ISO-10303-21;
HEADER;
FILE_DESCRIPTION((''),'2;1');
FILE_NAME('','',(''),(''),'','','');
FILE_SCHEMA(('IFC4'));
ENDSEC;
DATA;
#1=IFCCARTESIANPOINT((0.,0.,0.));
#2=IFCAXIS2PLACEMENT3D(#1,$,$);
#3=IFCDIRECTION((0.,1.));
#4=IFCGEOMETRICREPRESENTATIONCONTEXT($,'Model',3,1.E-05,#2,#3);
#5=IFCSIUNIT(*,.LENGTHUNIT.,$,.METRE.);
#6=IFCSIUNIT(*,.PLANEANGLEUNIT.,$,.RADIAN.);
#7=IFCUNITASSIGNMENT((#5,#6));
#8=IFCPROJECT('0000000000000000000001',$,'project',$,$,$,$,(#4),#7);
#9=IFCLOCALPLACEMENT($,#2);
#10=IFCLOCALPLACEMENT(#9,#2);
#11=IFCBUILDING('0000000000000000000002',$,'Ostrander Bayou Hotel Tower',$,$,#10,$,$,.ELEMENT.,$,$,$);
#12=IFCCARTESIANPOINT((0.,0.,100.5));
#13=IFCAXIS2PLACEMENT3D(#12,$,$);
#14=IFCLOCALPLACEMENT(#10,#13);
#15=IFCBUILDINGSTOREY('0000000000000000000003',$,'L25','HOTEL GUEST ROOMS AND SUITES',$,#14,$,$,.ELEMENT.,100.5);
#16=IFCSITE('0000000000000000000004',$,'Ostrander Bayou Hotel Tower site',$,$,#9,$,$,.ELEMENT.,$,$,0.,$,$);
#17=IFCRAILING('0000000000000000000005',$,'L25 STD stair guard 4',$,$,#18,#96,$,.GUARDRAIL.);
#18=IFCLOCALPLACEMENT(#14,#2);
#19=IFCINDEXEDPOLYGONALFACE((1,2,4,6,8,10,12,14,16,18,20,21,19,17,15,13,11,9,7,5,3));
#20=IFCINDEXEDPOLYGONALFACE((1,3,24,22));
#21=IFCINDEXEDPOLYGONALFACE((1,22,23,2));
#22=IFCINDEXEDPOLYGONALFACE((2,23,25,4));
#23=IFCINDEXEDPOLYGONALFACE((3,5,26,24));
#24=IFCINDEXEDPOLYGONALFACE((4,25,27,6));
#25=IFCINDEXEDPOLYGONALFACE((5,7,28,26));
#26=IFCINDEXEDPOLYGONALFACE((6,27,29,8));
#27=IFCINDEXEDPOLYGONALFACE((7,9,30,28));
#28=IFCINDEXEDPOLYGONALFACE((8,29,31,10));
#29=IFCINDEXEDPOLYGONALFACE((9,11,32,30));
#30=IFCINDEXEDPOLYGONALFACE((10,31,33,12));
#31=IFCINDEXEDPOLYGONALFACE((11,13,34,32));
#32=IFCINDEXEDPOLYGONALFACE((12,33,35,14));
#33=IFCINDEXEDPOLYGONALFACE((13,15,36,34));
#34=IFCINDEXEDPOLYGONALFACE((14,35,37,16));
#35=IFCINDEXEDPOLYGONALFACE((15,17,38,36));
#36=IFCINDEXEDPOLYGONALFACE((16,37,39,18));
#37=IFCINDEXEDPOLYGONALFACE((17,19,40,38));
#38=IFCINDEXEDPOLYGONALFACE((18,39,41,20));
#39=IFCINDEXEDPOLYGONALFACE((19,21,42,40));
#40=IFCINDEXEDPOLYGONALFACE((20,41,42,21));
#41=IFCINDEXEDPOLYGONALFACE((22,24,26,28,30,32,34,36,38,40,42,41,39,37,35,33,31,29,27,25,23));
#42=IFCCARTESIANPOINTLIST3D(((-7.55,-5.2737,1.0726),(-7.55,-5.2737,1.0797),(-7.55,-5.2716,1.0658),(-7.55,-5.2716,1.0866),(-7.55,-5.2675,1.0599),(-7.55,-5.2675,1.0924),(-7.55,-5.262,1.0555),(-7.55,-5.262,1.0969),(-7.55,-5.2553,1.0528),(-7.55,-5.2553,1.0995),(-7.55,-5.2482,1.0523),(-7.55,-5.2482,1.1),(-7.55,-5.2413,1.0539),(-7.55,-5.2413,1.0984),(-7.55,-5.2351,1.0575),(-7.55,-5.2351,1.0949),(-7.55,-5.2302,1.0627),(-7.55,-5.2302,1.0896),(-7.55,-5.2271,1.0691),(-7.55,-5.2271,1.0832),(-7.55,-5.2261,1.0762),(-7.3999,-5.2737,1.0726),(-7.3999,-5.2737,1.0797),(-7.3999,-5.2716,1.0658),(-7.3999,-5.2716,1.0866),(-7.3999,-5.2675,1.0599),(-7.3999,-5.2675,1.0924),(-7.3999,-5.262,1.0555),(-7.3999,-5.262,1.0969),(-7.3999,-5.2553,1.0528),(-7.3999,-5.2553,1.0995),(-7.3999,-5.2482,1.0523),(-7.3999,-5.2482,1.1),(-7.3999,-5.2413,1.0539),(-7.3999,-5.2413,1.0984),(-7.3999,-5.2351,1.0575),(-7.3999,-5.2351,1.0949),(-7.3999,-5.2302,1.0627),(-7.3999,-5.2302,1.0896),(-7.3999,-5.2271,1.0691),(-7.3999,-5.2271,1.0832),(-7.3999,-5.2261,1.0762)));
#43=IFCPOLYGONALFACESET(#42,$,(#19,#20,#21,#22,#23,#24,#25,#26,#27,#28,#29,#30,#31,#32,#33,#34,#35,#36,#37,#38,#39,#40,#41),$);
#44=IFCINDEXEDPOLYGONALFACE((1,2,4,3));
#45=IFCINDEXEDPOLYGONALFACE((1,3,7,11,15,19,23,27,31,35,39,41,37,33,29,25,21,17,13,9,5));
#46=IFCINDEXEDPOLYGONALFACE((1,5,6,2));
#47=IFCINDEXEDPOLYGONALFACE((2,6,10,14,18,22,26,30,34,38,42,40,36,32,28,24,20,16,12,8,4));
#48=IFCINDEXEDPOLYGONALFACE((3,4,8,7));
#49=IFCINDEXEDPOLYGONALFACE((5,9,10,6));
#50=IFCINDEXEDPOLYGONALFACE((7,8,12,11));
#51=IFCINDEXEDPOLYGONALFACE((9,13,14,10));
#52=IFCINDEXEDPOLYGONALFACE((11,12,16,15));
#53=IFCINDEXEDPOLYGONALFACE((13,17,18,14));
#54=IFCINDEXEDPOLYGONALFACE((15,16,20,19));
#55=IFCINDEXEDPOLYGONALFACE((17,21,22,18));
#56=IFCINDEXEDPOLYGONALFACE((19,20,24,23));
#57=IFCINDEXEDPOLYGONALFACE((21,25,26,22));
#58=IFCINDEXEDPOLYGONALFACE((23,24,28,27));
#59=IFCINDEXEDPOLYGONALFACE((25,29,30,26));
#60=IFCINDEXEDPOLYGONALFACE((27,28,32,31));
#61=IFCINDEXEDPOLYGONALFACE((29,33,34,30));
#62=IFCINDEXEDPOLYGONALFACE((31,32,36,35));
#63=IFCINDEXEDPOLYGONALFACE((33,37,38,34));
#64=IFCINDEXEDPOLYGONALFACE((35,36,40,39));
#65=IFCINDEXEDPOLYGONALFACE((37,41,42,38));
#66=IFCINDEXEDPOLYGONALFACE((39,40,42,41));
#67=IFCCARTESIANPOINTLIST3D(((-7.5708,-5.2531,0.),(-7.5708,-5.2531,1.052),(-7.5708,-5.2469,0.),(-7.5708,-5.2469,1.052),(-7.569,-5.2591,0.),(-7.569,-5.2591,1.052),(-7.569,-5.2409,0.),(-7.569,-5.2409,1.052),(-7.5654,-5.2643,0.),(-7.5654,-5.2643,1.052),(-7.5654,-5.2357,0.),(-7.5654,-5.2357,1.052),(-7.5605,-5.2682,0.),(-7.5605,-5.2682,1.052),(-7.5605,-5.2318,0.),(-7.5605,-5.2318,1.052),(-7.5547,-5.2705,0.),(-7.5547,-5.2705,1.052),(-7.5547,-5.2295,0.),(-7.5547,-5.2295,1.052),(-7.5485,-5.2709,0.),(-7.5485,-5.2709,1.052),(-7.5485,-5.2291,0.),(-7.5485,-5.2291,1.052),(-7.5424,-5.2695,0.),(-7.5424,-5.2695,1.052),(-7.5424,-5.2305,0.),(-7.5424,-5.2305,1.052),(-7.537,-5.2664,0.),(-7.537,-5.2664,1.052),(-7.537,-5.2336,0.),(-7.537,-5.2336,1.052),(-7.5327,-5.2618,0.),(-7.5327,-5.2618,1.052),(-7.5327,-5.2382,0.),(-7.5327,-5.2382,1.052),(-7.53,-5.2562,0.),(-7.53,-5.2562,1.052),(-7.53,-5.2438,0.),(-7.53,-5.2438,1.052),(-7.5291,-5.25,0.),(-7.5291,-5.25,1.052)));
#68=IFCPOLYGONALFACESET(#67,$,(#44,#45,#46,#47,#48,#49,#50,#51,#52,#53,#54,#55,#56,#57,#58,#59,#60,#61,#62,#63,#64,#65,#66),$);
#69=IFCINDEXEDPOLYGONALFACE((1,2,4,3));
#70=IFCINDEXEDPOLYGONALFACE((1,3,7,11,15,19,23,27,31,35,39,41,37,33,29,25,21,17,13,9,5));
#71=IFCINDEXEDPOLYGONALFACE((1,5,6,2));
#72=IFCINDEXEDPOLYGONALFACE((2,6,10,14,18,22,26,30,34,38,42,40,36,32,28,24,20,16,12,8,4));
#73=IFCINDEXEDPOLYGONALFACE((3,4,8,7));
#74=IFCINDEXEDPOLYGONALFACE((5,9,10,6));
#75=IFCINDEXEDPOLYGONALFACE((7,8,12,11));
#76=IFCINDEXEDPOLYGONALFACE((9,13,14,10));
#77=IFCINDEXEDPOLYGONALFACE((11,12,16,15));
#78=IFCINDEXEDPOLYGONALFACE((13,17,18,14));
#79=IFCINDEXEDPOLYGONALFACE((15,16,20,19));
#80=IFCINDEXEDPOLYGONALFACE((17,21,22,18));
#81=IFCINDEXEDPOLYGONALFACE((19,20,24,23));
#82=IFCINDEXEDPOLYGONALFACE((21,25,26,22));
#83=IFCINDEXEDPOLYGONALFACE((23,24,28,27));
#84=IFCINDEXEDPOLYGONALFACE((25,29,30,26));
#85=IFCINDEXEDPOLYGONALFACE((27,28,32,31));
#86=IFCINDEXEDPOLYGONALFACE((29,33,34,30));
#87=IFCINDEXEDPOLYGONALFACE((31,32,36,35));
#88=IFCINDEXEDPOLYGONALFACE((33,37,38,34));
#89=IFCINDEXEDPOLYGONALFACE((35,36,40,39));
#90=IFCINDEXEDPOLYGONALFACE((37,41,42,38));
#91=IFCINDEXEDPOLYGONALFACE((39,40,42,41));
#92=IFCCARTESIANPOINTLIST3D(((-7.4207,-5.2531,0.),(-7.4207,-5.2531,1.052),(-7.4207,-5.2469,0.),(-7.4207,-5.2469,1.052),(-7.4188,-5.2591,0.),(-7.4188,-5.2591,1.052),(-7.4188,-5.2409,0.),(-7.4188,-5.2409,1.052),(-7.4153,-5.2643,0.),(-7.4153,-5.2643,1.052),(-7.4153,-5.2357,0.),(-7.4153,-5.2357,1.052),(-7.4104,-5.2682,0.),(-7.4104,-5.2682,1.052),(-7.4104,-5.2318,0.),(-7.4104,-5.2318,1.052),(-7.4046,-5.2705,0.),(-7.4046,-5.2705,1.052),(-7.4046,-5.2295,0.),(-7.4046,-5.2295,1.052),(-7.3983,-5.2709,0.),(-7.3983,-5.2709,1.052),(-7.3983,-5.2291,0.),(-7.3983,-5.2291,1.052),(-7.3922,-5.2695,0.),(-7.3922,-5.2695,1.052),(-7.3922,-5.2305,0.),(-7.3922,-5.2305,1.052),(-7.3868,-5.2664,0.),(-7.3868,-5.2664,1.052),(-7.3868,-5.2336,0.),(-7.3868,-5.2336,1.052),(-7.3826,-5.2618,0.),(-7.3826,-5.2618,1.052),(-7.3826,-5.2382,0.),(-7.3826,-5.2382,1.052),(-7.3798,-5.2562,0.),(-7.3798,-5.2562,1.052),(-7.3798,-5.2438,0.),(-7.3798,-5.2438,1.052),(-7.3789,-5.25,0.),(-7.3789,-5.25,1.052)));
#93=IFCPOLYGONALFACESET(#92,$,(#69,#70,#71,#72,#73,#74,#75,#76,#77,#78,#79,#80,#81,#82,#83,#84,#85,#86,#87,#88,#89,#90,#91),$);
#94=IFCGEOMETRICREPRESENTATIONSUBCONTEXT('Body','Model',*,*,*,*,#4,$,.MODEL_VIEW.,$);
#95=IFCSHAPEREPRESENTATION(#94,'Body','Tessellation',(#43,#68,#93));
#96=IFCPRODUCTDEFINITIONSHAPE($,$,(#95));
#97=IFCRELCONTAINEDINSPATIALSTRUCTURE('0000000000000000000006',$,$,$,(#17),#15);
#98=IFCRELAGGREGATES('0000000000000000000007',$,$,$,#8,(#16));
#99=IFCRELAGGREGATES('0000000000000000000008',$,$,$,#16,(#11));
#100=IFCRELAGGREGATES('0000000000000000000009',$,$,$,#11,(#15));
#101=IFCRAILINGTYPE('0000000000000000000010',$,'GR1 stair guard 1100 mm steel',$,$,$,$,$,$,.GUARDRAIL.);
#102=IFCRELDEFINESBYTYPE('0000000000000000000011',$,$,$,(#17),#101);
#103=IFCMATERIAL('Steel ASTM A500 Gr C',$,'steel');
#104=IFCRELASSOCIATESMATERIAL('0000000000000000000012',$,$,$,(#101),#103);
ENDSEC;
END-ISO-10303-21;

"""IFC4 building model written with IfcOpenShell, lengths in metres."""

from ifc_helpers import new_model, si_unit, direction, frame, origin, origin_2d, place, context, subcontext, project, spatial, circle, extrude, material, type_object, element, save


model = new_model("IFC4")

# Units and contexts
model_context = context("Model", 3, precision=1e-05, world=origin(), true_north=direction((0.0, 1.0)))
body_context = subcontext(model_context, "Body", "Model", "MODEL_VIEW")
ifc_project = project(units=[si_unit("LENGTHUNIT", "METRE"), si_unit("PLANEANGLEUNIT", "RADIAN")], contexts=[model_context])

# Site, building, storey
site_placement = place(None, origin())
site = spatial("IfcSite", under=ifc_project, at=site_placement, Name="Ostrander Bayou Hotel Tower site", CompositionType="ELEMENT", RefElevation=0.0)
building_placement = place(site_placement, origin())
building = spatial("IfcBuilding", under=site, at=building_placement, Name="Ostrander Bayou Hotel Tower", CompositionType="ELEMENT")
storey_placement = place(building_placement, frame((0.0, 0.0, 100.5)))
storey = spatial("IfcBuildingStorey", under=building, at=storey_placement, Name="L25", Description="HOTEL GUEST ROOMS AND SUITES", CompositionType="ELEMENT", Elevation=100.5)

# Railing
ifc_material_1 = material(Name="Steel ASTM A500 Gr C", Category="steel")
railing_type_1 = type_object("IfcRailingType", Name="GR1 stair guard 1100 mm steel", PredefinedType="GUARDRAIL", material=ifc_material_1)
railing_1_placement = place(storey_placement, frame((-7.55, -5.25, 0.0)))
element("IfcRailing", 1, at=railing_1_placement, inside=storey, type_object=railing_type_1, Name="L25 STD stair guard 4", PredefinedType="GUARDRAIL", context=body_context, shape_type="SweptSolid", body=[
    extrude(circle(Radius=0.0239, at=origin_2d()), frame((0.0, 0.0, 1.0762), z_axis=(1.0, 0.0, 0.0), x_axis=(0.0, 1.0, 0.0)), (0.0, 0.0, 1.0), 0.1501),
    extrude(circle(Radius=0.021, at=origin_2d()), origin(), (0.0, 0.0, 1.0), 1.052),
    extrude(circle(Radius=0.021, at=origin_2d()), frame((0.1501, 0.0, 0.0)), (0.0, 0.0, 1.0), 1.052),
])

save(model, "model.ifc")
